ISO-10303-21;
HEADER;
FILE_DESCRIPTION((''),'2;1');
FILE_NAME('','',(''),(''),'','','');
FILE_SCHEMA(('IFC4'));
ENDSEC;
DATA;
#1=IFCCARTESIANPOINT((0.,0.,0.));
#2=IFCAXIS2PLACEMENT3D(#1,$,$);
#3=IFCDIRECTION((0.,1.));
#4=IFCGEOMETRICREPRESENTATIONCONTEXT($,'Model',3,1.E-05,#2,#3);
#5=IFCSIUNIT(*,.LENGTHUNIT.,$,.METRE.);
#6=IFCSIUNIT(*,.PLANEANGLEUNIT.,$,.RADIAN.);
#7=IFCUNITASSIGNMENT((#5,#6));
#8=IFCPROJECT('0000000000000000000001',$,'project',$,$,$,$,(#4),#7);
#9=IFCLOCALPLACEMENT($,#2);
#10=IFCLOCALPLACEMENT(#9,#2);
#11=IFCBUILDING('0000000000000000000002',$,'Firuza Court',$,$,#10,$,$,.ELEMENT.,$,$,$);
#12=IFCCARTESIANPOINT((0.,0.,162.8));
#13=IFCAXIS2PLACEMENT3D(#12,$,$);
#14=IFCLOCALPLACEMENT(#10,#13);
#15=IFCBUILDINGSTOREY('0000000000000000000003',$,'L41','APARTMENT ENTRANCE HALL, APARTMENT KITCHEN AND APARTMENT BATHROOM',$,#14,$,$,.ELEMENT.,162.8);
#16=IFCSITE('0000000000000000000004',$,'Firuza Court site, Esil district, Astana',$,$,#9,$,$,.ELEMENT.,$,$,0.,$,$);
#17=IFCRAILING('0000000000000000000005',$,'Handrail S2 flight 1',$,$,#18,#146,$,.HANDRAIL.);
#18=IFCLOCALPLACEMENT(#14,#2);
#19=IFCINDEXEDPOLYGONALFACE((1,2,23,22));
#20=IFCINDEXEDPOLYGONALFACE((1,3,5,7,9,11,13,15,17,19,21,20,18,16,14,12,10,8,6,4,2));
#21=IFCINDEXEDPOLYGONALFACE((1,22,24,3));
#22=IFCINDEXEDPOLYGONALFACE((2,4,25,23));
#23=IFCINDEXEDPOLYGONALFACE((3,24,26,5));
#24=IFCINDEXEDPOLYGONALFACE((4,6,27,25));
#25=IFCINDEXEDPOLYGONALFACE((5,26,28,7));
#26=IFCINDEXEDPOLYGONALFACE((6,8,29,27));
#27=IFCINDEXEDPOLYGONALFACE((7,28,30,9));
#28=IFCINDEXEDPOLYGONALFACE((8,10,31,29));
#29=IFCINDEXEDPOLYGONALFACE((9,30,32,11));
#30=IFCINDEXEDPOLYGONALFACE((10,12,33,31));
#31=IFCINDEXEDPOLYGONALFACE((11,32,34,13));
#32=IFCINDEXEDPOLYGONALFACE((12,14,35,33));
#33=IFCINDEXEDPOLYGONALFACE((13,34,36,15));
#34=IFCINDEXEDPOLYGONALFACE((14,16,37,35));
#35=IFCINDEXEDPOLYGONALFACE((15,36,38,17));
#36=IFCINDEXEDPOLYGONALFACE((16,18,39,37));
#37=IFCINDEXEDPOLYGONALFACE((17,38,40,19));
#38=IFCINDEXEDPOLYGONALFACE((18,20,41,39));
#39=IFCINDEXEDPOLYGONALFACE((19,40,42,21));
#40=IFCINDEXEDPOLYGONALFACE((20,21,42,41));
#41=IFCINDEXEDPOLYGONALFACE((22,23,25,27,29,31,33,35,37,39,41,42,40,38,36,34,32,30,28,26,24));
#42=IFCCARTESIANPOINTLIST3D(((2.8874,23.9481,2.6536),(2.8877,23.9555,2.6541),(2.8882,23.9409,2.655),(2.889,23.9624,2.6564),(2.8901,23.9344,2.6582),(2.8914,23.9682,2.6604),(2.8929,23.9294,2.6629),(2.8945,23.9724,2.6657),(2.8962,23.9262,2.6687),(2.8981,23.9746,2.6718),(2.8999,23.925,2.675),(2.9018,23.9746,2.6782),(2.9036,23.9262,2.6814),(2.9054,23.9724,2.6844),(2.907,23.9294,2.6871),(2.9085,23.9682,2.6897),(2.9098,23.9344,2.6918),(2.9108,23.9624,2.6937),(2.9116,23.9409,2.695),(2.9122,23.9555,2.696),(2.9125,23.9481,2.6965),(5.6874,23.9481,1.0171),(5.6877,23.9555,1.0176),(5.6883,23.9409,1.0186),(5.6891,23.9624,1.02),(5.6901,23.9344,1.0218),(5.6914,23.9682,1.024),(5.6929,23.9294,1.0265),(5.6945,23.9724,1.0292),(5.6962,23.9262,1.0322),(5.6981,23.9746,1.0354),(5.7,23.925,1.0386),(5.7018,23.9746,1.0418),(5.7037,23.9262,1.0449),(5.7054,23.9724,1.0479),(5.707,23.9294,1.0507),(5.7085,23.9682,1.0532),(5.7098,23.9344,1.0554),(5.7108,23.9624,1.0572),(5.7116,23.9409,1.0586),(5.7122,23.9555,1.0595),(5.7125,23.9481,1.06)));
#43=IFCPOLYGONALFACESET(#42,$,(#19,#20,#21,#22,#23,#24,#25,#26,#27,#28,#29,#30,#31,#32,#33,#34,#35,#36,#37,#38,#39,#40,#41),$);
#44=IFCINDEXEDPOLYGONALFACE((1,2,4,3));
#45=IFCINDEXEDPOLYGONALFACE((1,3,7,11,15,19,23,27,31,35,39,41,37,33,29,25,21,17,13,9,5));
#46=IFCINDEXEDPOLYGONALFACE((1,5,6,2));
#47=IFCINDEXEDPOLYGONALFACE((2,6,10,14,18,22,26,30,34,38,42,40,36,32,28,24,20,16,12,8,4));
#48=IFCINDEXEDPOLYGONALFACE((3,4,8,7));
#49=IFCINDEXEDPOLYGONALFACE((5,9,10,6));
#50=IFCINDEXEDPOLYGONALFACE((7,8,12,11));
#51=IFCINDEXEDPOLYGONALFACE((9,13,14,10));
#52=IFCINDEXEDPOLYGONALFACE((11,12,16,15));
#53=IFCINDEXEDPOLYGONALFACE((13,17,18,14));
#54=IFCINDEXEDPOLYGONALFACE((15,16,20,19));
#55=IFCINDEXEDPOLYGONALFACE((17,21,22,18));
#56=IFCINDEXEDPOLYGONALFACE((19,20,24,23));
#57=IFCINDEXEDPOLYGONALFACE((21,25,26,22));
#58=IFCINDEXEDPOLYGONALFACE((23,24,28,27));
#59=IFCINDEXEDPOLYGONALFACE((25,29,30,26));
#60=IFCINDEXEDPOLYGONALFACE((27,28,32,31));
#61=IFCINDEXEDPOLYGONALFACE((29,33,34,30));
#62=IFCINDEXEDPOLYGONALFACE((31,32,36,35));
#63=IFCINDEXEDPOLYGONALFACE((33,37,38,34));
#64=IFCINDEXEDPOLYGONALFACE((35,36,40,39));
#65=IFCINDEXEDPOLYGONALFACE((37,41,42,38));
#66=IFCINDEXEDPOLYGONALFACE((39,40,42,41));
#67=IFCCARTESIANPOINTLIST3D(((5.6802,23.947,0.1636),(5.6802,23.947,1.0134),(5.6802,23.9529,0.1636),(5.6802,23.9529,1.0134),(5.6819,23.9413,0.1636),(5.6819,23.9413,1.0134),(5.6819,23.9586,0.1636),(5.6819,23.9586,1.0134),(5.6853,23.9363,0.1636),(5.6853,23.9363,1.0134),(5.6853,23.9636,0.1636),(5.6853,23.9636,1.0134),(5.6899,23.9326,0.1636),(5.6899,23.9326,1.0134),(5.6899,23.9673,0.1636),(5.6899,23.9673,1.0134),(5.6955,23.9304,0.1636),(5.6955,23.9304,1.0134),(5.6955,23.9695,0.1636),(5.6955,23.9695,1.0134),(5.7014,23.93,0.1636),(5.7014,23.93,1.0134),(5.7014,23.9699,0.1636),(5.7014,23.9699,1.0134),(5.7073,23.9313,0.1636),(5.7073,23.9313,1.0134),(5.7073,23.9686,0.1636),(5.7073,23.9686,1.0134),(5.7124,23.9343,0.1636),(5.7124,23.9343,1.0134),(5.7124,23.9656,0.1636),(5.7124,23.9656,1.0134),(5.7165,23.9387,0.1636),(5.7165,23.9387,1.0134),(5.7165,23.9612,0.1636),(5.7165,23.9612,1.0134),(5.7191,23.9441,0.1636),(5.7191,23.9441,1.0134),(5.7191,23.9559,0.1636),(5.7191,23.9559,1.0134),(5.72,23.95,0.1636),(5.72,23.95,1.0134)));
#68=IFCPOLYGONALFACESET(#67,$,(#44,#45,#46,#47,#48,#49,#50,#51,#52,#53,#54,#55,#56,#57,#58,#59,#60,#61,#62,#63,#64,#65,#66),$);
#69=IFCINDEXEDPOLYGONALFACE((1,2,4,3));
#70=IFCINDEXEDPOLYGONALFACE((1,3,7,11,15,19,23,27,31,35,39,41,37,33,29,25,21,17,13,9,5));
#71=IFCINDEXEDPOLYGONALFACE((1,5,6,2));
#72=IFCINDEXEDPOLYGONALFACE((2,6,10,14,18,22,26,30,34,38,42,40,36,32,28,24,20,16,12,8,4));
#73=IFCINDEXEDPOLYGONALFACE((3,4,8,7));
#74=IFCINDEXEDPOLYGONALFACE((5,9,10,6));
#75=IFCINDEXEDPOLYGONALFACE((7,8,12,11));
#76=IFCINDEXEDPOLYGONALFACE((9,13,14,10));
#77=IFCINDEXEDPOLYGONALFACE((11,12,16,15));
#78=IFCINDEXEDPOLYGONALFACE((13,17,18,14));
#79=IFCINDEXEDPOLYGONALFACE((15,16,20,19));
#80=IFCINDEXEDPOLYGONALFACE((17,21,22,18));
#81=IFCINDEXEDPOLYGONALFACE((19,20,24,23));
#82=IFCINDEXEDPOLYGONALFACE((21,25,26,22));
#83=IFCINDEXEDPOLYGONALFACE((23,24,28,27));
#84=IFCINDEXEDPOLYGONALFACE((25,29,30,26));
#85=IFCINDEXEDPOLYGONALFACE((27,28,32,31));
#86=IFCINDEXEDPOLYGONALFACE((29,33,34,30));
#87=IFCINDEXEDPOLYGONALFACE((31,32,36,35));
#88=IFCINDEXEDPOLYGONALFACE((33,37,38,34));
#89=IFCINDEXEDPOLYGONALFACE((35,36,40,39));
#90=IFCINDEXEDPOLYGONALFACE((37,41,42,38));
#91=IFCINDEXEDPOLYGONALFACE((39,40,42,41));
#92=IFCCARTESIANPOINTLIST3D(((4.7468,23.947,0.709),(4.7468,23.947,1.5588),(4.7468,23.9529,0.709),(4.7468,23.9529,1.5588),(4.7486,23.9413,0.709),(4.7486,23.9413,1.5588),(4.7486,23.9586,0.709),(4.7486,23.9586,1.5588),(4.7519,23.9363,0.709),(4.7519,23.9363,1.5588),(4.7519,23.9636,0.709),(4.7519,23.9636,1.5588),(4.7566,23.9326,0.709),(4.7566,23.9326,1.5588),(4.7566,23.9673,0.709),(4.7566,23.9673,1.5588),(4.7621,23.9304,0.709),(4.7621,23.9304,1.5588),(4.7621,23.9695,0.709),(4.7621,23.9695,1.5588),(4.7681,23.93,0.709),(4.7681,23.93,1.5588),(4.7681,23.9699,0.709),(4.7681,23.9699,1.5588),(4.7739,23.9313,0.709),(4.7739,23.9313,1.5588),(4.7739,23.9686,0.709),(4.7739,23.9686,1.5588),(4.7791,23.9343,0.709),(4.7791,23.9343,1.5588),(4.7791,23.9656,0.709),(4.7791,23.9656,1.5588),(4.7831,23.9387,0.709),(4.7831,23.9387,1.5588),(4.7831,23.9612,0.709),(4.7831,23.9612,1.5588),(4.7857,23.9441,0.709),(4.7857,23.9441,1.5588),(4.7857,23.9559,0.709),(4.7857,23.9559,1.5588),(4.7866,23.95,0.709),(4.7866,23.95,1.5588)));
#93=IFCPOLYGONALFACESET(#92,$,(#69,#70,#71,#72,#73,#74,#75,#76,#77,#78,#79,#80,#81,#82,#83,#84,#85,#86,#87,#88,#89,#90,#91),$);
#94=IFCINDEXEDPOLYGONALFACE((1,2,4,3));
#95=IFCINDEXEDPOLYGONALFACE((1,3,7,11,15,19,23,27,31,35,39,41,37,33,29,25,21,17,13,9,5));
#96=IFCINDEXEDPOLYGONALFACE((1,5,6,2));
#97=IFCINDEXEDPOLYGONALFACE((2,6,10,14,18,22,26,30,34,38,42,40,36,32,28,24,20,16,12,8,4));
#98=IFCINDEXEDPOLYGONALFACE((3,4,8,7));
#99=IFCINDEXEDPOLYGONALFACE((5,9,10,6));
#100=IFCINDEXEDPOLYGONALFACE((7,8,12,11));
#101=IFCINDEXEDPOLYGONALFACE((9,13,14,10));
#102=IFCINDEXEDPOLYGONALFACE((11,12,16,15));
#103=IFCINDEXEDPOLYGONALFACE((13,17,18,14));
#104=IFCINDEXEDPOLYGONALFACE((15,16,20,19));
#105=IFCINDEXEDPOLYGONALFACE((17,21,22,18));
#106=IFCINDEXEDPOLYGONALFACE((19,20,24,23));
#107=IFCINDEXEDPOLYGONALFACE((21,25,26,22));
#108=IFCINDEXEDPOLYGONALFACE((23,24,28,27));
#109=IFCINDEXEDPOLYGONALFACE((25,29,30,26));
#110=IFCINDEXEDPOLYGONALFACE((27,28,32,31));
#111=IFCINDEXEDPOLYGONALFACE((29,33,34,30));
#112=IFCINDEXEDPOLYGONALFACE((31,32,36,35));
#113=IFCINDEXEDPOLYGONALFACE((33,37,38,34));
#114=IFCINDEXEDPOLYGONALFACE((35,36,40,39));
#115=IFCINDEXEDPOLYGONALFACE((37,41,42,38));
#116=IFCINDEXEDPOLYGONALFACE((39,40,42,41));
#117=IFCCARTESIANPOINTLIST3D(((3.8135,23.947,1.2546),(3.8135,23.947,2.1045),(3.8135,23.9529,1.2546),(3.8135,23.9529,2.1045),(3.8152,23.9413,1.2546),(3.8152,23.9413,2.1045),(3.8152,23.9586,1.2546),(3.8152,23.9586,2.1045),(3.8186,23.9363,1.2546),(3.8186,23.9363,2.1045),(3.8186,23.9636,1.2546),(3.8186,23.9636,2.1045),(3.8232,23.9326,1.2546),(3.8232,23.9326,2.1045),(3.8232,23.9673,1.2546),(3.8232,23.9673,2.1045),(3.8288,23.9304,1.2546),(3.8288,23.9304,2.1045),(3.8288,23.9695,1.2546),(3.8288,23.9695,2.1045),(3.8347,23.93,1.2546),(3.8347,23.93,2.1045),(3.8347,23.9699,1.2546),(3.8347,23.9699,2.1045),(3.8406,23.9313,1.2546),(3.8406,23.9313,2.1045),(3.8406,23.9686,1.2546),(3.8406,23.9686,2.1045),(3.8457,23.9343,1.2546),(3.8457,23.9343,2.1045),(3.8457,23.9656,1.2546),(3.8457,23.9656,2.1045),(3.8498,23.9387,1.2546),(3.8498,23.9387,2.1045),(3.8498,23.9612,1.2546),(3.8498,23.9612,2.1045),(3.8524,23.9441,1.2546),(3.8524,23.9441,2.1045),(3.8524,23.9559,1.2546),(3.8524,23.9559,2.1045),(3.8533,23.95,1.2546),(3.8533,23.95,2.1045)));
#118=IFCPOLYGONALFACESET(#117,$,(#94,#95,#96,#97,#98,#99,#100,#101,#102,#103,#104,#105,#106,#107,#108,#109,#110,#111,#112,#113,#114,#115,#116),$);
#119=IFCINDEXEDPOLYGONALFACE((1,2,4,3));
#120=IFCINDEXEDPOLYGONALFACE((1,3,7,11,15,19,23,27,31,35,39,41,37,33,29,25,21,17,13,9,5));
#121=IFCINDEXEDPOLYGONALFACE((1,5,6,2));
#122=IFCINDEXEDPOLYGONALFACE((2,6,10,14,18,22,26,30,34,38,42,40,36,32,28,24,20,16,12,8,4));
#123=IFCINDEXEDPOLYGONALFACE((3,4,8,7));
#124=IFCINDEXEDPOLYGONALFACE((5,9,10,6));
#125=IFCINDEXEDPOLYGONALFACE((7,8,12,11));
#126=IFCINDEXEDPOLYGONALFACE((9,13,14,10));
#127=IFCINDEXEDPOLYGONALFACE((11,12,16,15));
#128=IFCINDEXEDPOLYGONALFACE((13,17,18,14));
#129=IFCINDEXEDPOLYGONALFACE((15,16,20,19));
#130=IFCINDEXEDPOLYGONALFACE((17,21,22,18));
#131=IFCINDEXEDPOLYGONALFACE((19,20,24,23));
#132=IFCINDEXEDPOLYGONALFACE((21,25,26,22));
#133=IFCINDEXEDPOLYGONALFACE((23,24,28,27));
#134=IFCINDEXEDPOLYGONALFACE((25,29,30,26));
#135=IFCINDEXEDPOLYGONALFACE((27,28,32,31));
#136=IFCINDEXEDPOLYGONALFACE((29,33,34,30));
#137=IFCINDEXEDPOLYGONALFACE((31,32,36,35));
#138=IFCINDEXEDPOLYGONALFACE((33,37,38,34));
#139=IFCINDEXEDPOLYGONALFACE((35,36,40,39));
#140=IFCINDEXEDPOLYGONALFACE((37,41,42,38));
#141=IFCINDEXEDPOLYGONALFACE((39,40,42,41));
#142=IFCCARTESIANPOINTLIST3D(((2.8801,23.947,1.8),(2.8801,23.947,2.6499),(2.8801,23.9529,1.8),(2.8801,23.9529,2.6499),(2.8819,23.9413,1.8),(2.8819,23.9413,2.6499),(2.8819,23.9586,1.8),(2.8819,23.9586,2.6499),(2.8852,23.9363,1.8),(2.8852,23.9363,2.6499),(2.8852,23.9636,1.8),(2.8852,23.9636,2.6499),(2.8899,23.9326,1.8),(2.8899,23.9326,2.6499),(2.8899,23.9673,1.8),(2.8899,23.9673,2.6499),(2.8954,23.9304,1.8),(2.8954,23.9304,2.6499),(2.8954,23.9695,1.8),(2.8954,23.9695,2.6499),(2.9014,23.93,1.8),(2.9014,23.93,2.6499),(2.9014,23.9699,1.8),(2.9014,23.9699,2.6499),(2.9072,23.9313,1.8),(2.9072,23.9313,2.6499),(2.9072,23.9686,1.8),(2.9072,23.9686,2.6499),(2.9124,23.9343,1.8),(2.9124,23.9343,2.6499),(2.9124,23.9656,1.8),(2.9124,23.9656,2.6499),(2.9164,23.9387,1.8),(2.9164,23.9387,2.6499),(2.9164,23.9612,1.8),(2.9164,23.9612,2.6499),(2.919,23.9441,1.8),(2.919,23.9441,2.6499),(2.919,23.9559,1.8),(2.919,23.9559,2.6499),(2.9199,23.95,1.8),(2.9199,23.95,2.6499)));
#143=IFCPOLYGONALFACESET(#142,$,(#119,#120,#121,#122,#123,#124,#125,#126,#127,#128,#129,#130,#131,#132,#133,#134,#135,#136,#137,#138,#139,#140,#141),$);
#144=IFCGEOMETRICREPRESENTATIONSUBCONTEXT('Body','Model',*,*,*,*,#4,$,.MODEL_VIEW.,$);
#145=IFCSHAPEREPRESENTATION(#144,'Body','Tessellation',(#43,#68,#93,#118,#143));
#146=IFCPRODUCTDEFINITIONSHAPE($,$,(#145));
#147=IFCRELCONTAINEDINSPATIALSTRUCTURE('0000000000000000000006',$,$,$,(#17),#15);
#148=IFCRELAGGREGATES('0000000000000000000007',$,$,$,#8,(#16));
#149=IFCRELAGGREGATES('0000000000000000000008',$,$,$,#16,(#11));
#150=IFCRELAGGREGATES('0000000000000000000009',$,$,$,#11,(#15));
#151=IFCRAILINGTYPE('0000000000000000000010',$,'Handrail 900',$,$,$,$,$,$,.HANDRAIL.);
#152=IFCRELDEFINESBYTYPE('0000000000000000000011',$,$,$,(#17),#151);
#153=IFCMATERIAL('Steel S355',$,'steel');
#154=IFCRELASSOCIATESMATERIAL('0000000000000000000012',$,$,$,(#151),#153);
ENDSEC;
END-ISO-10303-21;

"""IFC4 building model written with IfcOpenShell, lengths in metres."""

from ifc_helpers import new_model, si_unit, direction, frame, origin, origin_2d, place, context, subcontext, project, spatial, circle, extrude, material, type_object, element, save


model = new_model("IFC4")

# Units and contexts
model_context = context("Model", 3, precision=1e-05, world=origin(), true_north=direction((0.0, 1.0)))
body_context = subcontext(model_context, "Body", "Model", "MODEL_VIEW")
ifc_project = project(units=[si_unit("LENGTHUNIT", "METRE"), si_unit("PLANEANGLEUNIT", "RADIAN")], contexts=[model_context])

# Site, building, storey
site_placement = place(None, origin())
site = spatial("IfcSite", under=ifc_project, at=site_placement, Name="Firuza Court site, Esil district, Astana", CompositionType="ELEMENT", RefElevation=0.0)
building_placement = place(site_placement, origin())
building = spatial("IfcBuilding", under=site, at=building_placement, Name="Firuza Court", CompositionType="ELEMENT")
storey_placement = place(building_placement, frame((0.0, 0.0, 162.8)))
storey = spatial("IfcBuildingStorey", under=building, at=storey_placement, Name="L41", Description="APARTMENT ENTRANCE HALL, APARTMENT KITCHEN AND APARTMENT BATHROOM", CompositionType="ELEMENT", Elevation=162.8)

# Railing
ifc_material_1 = material(Name="Steel S355", Category="steel")
railing_type_1 = type_object("IfcRailingType", Name="Handrail 900", PredefinedType="HANDRAIL", material=ifc_material_1)
railing_1_placement = place(storey_placement, frame((5.7, 23.95, 0.1636)))
element("IfcRailing", 1, at=railing_1_placement, inside=storey, type_object=railing_type_1, Name="Handrail S2 flight 1", PredefinedType="HANDRAIL", context=body_context, shape_type="SweptSolid", body=[
    extrude(circle(Radius=0.0249, at=origin_2d()), frame((0.0, 0.0, 0.875), z_axis=(-0.863361, 0.0, 0.504587), x_axis=(0.0, -1.0, 0.0)), (0.0, 0.0, 1.0), 3.2432),
    extrude(circle(Radius=0.02, at=origin_2d()), origin(), (0.0, 0.0, 1.0), 0.8499),
    extrude(circle(Radius=0.02, at=origin_2d()), frame((-0.9333, 0.0, 0.5454)), (0.0, 0.0, 1.0), 0.8499),
    extrude(circle(Radius=0.02, at=origin_2d()), frame((-1.8667, 0.0, 1.0911)), (0.0, 0.0, 1.0), 0.8499),
    extrude(circle(Radius=0.02, at=origin_2d()), frame((-2.8, 0.0, 1.6365)), (0.0, 0.0, 1.0), 0.8499),
])

save(model, "model.ifc")
